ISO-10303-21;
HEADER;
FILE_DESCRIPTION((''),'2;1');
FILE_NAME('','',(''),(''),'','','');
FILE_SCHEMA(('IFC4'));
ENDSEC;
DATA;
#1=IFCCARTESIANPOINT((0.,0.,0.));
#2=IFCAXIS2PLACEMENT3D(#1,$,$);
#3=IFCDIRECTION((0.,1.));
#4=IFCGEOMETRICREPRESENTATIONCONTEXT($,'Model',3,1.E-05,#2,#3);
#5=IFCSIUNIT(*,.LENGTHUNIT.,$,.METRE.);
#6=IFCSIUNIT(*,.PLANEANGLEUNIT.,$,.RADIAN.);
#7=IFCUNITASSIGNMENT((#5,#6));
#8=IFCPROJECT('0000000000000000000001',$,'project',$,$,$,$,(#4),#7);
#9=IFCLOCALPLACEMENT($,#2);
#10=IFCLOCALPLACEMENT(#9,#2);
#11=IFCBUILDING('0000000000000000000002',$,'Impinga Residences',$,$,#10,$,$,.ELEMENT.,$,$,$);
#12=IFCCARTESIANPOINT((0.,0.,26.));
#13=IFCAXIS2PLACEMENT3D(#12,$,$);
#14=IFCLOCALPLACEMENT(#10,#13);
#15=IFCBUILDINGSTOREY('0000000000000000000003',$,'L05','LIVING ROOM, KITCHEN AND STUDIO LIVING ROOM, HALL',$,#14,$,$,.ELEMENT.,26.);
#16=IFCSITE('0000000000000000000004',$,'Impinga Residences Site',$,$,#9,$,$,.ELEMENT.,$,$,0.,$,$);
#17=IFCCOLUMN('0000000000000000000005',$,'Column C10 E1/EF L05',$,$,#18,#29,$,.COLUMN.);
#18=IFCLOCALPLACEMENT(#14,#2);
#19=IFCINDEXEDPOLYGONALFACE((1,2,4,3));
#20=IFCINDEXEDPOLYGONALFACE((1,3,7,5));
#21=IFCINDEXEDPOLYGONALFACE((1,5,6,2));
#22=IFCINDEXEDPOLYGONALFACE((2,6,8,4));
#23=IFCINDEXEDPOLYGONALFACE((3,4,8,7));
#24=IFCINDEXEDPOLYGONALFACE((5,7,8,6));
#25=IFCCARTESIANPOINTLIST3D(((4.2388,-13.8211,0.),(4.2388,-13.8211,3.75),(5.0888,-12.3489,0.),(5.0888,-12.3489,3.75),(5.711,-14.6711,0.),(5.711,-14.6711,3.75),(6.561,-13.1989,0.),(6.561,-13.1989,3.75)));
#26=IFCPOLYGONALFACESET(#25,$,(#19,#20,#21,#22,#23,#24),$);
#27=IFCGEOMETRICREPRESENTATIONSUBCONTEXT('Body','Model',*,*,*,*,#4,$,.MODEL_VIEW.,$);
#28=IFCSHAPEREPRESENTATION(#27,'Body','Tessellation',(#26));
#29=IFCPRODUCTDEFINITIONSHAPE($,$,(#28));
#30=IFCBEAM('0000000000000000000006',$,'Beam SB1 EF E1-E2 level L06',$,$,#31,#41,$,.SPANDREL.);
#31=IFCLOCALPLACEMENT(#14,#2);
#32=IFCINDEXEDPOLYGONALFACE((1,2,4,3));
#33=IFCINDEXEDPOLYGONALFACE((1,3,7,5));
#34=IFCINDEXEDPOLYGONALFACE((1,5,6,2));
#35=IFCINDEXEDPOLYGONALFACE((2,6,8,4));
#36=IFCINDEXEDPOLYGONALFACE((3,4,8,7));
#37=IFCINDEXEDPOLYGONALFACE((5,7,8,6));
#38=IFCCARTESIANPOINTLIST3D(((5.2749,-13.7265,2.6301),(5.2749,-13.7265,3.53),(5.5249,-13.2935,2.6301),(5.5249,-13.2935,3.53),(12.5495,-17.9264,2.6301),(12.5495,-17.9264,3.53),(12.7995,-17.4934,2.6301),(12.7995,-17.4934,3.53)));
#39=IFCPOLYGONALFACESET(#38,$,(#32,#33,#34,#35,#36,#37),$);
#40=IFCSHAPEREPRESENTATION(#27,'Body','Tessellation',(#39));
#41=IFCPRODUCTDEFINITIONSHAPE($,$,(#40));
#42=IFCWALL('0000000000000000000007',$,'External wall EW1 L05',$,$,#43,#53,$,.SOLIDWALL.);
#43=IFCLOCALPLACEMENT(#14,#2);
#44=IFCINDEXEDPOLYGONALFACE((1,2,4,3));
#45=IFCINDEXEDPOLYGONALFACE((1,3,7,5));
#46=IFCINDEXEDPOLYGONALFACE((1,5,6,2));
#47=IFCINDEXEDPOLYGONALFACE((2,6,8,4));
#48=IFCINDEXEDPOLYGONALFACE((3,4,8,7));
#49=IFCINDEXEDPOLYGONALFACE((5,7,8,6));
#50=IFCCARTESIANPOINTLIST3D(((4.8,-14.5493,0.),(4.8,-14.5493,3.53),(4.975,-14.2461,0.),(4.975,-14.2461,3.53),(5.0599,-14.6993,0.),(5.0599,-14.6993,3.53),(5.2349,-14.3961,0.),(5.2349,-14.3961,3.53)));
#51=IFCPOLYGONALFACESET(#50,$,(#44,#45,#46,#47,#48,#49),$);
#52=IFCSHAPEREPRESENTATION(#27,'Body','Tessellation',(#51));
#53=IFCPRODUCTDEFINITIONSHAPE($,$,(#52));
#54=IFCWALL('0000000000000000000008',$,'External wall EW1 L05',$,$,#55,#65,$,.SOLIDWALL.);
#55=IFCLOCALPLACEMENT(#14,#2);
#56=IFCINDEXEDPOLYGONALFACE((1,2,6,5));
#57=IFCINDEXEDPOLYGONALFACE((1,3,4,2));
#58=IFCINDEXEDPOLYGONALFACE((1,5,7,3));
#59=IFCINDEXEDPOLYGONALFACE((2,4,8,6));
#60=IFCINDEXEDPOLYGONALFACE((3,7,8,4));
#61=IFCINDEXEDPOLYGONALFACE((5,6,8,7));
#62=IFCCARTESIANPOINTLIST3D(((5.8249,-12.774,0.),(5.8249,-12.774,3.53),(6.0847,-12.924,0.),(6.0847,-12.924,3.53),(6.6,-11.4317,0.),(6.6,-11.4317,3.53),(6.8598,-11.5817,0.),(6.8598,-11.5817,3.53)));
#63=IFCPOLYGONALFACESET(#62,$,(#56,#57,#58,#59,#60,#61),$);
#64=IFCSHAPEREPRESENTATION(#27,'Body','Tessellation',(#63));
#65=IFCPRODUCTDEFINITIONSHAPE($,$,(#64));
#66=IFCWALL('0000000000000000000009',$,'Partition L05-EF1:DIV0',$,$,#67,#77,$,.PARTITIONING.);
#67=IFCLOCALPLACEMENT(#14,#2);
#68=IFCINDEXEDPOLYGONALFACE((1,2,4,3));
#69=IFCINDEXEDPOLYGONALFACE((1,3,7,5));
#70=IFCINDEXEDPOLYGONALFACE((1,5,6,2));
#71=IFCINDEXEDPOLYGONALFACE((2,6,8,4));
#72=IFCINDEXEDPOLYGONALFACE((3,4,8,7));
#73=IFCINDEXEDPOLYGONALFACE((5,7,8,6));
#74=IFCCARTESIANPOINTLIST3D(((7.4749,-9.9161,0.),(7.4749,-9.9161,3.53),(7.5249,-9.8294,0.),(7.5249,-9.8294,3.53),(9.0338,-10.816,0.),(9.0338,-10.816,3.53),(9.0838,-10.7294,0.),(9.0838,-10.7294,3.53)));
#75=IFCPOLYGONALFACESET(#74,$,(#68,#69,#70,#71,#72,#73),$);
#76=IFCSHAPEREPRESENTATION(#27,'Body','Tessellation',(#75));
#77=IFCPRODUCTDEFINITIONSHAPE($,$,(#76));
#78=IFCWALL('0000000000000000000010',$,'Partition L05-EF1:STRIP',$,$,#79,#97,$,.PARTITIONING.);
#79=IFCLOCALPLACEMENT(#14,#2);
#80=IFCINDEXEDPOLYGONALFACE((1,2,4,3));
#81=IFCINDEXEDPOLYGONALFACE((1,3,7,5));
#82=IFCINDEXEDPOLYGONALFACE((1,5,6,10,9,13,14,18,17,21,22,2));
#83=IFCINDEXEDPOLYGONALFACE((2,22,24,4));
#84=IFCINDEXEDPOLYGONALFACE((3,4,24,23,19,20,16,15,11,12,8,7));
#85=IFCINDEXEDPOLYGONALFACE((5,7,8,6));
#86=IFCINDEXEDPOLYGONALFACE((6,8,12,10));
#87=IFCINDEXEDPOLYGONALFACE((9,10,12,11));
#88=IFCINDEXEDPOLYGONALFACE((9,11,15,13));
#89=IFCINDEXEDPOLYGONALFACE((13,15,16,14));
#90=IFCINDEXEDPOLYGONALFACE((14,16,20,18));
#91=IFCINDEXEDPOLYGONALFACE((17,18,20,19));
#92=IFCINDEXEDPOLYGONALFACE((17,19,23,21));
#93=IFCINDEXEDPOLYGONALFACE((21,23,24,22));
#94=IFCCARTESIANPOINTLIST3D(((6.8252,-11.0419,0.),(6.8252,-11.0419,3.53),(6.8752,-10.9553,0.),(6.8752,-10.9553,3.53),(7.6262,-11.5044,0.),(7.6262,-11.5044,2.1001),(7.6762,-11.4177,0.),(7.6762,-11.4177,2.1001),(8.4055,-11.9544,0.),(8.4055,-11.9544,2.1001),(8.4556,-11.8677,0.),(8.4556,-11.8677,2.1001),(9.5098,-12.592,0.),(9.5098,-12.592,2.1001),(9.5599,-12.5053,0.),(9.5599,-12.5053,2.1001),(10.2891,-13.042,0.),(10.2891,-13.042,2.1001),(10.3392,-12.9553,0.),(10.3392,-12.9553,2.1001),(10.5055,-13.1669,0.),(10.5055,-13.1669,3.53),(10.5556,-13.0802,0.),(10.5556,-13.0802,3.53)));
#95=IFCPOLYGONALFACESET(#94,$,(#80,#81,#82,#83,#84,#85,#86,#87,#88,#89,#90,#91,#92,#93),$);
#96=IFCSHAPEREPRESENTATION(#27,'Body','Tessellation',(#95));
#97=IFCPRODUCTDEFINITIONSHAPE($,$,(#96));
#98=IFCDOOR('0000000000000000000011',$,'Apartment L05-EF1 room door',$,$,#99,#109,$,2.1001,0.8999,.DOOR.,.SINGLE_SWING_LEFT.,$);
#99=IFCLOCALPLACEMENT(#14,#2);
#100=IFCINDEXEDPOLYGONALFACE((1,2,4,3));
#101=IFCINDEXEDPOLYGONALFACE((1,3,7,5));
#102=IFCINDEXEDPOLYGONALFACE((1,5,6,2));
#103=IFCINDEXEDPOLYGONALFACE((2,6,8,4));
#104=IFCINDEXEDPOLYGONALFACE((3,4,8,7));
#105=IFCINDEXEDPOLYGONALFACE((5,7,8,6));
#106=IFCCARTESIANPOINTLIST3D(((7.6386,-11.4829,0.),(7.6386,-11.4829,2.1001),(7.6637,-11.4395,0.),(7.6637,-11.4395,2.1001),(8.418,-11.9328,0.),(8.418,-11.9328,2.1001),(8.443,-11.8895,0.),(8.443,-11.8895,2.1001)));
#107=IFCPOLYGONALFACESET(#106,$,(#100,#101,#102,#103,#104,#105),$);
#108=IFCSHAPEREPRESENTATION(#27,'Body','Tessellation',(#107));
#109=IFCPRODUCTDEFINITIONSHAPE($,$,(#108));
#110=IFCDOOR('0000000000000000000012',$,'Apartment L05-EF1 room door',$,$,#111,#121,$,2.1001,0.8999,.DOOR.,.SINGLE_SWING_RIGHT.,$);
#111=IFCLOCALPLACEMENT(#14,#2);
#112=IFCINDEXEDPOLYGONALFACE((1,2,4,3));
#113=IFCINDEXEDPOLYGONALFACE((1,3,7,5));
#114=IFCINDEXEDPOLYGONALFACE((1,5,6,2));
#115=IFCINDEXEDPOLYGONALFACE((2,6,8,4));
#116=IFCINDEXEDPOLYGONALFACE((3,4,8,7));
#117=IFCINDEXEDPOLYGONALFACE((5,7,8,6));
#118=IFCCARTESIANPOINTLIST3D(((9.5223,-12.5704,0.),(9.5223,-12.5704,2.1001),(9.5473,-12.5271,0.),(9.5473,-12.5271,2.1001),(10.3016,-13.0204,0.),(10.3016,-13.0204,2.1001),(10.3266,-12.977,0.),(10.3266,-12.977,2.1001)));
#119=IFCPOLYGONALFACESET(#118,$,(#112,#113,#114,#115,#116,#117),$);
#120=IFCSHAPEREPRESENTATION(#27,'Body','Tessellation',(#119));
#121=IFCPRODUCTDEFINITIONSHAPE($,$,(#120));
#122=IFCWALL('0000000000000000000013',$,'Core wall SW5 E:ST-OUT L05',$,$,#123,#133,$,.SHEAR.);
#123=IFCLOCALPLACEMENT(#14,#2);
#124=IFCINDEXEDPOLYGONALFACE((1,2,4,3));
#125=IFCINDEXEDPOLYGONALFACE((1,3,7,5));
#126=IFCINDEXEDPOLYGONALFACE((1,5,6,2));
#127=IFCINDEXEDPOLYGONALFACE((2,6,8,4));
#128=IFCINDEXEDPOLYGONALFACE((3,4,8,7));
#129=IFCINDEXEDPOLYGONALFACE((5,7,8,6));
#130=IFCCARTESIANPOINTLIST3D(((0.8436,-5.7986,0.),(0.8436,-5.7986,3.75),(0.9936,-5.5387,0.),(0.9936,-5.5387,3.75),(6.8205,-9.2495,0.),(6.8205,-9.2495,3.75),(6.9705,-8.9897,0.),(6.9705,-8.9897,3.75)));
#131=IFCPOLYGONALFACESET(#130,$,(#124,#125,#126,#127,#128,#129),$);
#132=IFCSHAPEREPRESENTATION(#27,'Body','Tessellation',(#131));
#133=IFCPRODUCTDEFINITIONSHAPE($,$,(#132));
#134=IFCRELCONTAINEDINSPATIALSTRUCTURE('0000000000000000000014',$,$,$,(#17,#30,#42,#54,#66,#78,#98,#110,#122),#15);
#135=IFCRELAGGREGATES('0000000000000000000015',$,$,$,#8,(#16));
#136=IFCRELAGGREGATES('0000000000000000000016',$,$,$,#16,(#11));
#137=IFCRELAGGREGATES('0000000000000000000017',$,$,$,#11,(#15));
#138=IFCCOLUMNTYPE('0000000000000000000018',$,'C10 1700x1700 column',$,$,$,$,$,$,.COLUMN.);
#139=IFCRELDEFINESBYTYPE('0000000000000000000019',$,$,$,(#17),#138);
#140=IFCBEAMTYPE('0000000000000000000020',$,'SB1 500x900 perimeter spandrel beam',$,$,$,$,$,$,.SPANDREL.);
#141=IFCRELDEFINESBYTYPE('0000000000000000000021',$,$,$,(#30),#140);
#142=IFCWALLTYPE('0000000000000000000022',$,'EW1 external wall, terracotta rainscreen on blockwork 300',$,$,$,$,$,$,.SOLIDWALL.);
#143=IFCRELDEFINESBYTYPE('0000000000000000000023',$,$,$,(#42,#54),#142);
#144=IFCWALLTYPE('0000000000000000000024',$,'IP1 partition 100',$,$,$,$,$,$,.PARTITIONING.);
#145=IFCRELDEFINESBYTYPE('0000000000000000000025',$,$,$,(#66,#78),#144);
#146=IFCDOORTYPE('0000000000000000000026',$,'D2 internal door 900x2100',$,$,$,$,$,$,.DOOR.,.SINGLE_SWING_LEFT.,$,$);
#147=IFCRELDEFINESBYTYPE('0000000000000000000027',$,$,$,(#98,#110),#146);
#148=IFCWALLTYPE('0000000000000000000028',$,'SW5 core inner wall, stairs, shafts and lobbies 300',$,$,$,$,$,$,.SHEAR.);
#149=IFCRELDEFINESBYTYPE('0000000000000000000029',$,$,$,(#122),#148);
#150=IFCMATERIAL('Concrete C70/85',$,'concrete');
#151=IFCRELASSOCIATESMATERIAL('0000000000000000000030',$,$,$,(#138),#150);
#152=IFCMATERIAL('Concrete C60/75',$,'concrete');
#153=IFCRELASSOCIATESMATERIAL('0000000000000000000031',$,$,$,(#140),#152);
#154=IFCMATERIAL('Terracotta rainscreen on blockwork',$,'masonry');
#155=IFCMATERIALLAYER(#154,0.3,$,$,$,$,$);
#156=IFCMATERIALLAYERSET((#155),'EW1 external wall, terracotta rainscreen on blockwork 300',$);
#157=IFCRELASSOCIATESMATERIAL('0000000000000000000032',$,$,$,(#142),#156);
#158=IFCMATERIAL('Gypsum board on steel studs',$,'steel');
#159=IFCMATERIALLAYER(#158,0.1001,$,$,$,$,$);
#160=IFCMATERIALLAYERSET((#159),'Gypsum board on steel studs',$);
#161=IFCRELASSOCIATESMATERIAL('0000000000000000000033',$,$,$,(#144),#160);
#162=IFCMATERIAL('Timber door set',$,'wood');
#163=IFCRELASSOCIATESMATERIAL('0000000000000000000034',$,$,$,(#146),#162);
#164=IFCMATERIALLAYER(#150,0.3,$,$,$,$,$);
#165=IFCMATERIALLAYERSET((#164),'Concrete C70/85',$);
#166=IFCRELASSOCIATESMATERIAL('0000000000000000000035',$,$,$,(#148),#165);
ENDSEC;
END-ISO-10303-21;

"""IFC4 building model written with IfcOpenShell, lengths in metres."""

from ifc_helpers import new_model, si_unit, direction, frame, frame_2d, origin, origin_2d, place, context, subcontext, project, spatial, rectangle, extrude, material, layer, layer_set, material_profile, profile_set, type_object, element, fill, save


model = new_model("IFC4")

# Units and contexts
model_context = context("Model", 3, precision=1e-05, world=origin(), true_north=direction((0.0, 1.0)))
body_context = subcontext(model_context, "Body", "Model", "MODEL_VIEW")
ifc_project = project(units=[si_unit("LENGTHUNIT", "METRE"), si_unit("PLANEANGLEUNIT", "RADIAN")], contexts=[model_context])

# Site, building, storey
site_placement = place(None, origin())
site = spatial("IfcSite", under=ifc_project, at=site_placement, Name="Impinga Residences Site", CompositionType="ELEMENT", RefElevation=0.0)
building_placement = place(site_placement, origin())
building = spatial("IfcBuilding", under=site, at=building_placement, Name="Impinga Residences", CompositionType="ELEMENT")
storey_placement = place(building_placement, frame((0.0, 0.0, 26.0)))
storey = spatial("IfcBuildingStorey", under=building, at=storey_placement, Name="L05", Description="LIVING ROOM, KITCHEN AND STUDIO LIVING ROOM, HALL", CompositionType="ELEMENT", Elevation=26.0)

# Column
ifc_material_1 = material(Name="Concrete C70/85", Category="concrete")
ifc_material_profile_1 = material_profile(ifc_material_1, rectangle(XDim=1.7, YDim=1.7, at=origin_2d()), Name="RC 1700x1700")
ifc_profile_set_1 = profile_set([ifc_material_profile_1], Name="Concrete C70/85")
column_type = type_object("IfcColumnType", Name="C10 1700x1700 column", PredefinedType="COLUMN", material=ifc_profile_set_1)
column_placement = place(storey_placement, frame((5.3999, -13.51, 0.0), z_axis=(0.0, 0.0, 1.0), x_axis=(-0.5, -0.866025, 0.0)))
element("IfcColumn", 1, at=column_placement, inside=storey, type_object=column_type, Name="Column C10 E1/EF L05", PredefinedType="COLUMN", context=body_context, shape_type="SweptSolid", body=[
    extrude(rectangle(XDim=1.7, YDim=1.7, at=origin_2d()), origin(), (0.0, 0.0, 1.0), 3.75),
])

# Beam
ifc_material_2 = material(Name="Concrete C60/75", Category="concrete")
ifc_material_profile_2 = material_profile(ifc_material_2, rectangle(XDim=0.5, YDim=0.8999, at=origin_2d()), Name="RC 500x900")
ifc_profile_set_2 = profile_set([ifc_material_profile_2], Name="Concrete C60/75")
beam_type = type_object("IfcBeamType", Name="SB1 500x900 perimeter spandrel beam", PredefinedType="SPANDREL", material=ifc_profile_set_2)
beam_placement = place(storey_placement, frame((5.3999, -13.51, 3.0801), z_axis=(0.866029, -0.499993, 0.0), x_axis=(0.499993, 0.866029, 0.0)))
element("IfcBeam", 2, at=beam_placement, inside=storey, type_object=beam_type, Name="Beam SB1 EF E1-E2 level L06", PredefinedType="SPANDREL", context=body_context, shape_type="SweptSolid", body=[
    extrude(rectangle(XDim=0.5, YDim=0.8999, at=origin_2d()), origin(), (0.0, 0.0, 1.0), 8.3999),
])

# Walls
ifc_material_3 = material(Name="Terracotta rainscreen on blockwork", Category="masonry")
ifc_layer_1 = layer(ifc_material_3, 0.3)
ifc_layer_set_1 = layer_set([ifc_layer_1], Name="EW1 external wall, terracotta rainscreen on blockwork 300")
wall_type_1 = type_object("IfcWallType", Name="EW1 external wall, terracotta rainscreen on blockwork 300", PredefinedType="SOLIDWALL", material=ifc_layer_set_1)
wall_1_placement = place(storey_placement, frame((4.9299, -14.6243, 0.0), z_axis=(0.0, 0.0, 1.0), x_axis=(0.499964, 0.866046, 0.0)))
element("IfcWall", 3, at=wall_1_placement, inside=storey, type_object=wall_type_1, Name="External wall EW1 L05", PredefinedType="SOLIDWALL", context=body_context, shape_type="SweptSolid", body=[
    extrude(rectangle(XDim=0.3501, YDim=0.3, at=frame_2d((0.175, 0.0))), origin(), (0.0, 0.0, 1.0), 3.53),
])
wall_2_placement = place(storey_placement, frame((5.9548, -12.8489, 0.0), z_axis=(0.0, 0.0, 1.0), x_axis=(0.500086, 0.865976, 0.0)))
element("IfcWall", 4, at=wall_2_placement, inside=storey, type_object=wall_type_1, Name="External wall EW1 L05", PredefinedType="SOLIDWALL", context=body_context, shape_type="SweptSolid", body=[
    extrude(rectangle(XDim=1.55, YDim=0.3, at=frame_2d((0.7749, 0.0))), origin(), (0.0, 0.0, 1.0), 3.53),
])
ifc_material_4 = material(Name="Gypsum board on steel studs", Category="steel")
ifc_layer_2 = layer(ifc_material_4, 0.1001)
ifc_layer_set_2 = layer_set([ifc_layer_2], Name="Gypsum board on steel studs")
wall_type_2 = type_object("IfcWallType", Name="IP1 partition 100", PredefinedType="PARTITIONING", material=ifc_layer_set_2)
wall_3_placement = place(storey_placement, frame((7.5, -9.8728, 0.0), z_axis=(0.0, 0.0, 1.0), x_axis=(0.866048, -0.499961, 0.0)))
element("IfcWall", 5, at=wall_3_placement, inside=storey, type_object=wall_type_2, Name="Partition L05-EF1:DIV0", PredefinedType="PARTITIONING", context=body_context, shape_type="SweptSolid", body=[
    extrude(rectangle(XDim=1.8, YDim=0.1001, at=frame_2d((0.8999, 0.0))), origin(), (0.0, 0.0, 1.0), 3.53),
])

# Wall, openings, doors
wall_4_placement = place(storey_placement, frame((6.8501, -10.9985, 0.0), z_axis=(0.0, 0.0, 1.0), x_axis=(0.866014, -0.500019, 0.0)))
wall_4 = element("IfcWall", 6, at=wall_4_placement, inside=storey, type_object=wall_type_2, Name="Partition L05-EF1:STRIP", PredefinedType="PARTITIONING", context=body_context, shape_type="SweptSolid", body=[
    extrude(rectangle(XDim=4.2498, YDim=0.1001, at=frame_2d((2.125, 0.0))), origin(), (0.0, 0.0, 1.0), 3.53),
])
opening_1_placement = place(wall_4_placement, frame((0.925, 0.0, 0.0)))
opening_1 = element("IfcOpeningElement", 7, at=opening_1_placement, cuts=wall_4, PredefinedType="OPENING", context=body_context, shape_type="SweptSolid", body=[
    extrude(rectangle(XDim=0.8999, YDim=2.1001, at=frame_2d((0.45, 1.05))), frame((0.0, 0.0601, 0.0), z_axis=(0.0, -1.0, 0.0), x_axis=(1.0, 0.0, 0.0)), (0.0, 0.0, 1.0), 0.1201),
])
opening_2_placement = place(wall_4_placement, frame((3.1001, 0.0, 0.0)))
opening_2 = element("IfcOpeningElement", 8, at=opening_2_placement, cuts=wall_4, PredefinedType="OPENING", context=body_context, shape_type="SweptSolid", body=[
    extrude(rectangle(XDim=0.8999, YDim=2.1001, at=frame_2d((0.45, 1.05))), frame((0.0, 0.0601, 0.0), z_axis=(0.0, -1.0, 0.0), x_axis=(1.0, 0.0, 0.0)), (0.0, 0.0, 1.0), 0.1201),
])
ifc_material_5 = material(Name="Timber door set", Category="wood")
door_type_1 = type_object("IfcDoorType", Name="D2 internal door 900x2100", OperationType="SINGLE_SWING_LEFT", PredefinedType="DOOR", material=ifc_material_5)
door_1_placement = place(opening_1_placement, origin())
door_1 = element("IfcDoor", 9, at=door_1_placement, inside=storey, type_object=door_type_1, Name="Apartment L05-EF1 room door", OperationType="SINGLE_SWING_LEFT", OverallHeight=2.1001, OverallWidth=0.8999, PredefinedType="DOOR", context=body_context, shape_type="SweptSolid", body=[
    extrude(rectangle(XDim=0.8999, YDim=2.1001, at=frame_2d((0.45, 1.05))), frame((0.0, 0.0249, 0.0), z_axis=(0.0, -1.0, 0.0), x_axis=(1.0, 0.0, 0.0)), (0.0, 0.0, 1.0), 0.05),
])
fill(opening_1, door_1)
door_2_placement = place(opening_2_placement, origin())
door_2 = element("IfcDoor", 10, at=door_2_placement, inside=storey, type_object=door_type_1, Name="Apartment L05-EF1 room door", OperationType="SINGLE_SWING_RIGHT", OverallHeight=2.1001, OverallWidth=0.8999, PredefinedType="DOOR", context=body_context, shape_type="SweptSolid", body=[
    extrude(rectangle(XDim=0.8999, YDim=2.1001, at=frame_2d((0.45, 1.05))), frame((0.0, 0.0249, 0.0), z_axis=(0.0, -1.0, 0.0), x_axis=(1.0, 0.0, 0.0)), (0.0, 0.0, 1.0), 0.05),
])
fill(opening_2, door_2)

# Wall
ifc_layer_3 = layer(ifc_material_1, 0.3)
ifc_layer_set_3 = layer_set([ifc_layer_3], Name="Concrete C70/85")
wall_type_3 = type_object("IfcWallType", Name="SW5 core inner wall, stairs, shafts and lobbies 300", PredefinedType="SHEAR", material=ifc_layer_set_3)
wall_5_placement = place(storey_placement, frame((0.9187, -5.6687, 0.0), z_axis=(0.0, 0.0, 1.0), x_axis=(0.866012, -0.500024, 0.0)))
element("IfcWall", 11, at=wall_5_placement, inside=storey, type_object=wall_type_3, Name="Core wall SW5 E:ST-OUT L05", PredefinedType="SHEAR", context=body_context, shape_type="SweptSolid", body=[
    extrude(rectangle(XDim=6.9016, YDim=0.3, at=frame_2d((3.4507, 0.0))), origin(), (0.0, 0.0, 1.0), 3.75),
])

save(model, "model.ifc")
